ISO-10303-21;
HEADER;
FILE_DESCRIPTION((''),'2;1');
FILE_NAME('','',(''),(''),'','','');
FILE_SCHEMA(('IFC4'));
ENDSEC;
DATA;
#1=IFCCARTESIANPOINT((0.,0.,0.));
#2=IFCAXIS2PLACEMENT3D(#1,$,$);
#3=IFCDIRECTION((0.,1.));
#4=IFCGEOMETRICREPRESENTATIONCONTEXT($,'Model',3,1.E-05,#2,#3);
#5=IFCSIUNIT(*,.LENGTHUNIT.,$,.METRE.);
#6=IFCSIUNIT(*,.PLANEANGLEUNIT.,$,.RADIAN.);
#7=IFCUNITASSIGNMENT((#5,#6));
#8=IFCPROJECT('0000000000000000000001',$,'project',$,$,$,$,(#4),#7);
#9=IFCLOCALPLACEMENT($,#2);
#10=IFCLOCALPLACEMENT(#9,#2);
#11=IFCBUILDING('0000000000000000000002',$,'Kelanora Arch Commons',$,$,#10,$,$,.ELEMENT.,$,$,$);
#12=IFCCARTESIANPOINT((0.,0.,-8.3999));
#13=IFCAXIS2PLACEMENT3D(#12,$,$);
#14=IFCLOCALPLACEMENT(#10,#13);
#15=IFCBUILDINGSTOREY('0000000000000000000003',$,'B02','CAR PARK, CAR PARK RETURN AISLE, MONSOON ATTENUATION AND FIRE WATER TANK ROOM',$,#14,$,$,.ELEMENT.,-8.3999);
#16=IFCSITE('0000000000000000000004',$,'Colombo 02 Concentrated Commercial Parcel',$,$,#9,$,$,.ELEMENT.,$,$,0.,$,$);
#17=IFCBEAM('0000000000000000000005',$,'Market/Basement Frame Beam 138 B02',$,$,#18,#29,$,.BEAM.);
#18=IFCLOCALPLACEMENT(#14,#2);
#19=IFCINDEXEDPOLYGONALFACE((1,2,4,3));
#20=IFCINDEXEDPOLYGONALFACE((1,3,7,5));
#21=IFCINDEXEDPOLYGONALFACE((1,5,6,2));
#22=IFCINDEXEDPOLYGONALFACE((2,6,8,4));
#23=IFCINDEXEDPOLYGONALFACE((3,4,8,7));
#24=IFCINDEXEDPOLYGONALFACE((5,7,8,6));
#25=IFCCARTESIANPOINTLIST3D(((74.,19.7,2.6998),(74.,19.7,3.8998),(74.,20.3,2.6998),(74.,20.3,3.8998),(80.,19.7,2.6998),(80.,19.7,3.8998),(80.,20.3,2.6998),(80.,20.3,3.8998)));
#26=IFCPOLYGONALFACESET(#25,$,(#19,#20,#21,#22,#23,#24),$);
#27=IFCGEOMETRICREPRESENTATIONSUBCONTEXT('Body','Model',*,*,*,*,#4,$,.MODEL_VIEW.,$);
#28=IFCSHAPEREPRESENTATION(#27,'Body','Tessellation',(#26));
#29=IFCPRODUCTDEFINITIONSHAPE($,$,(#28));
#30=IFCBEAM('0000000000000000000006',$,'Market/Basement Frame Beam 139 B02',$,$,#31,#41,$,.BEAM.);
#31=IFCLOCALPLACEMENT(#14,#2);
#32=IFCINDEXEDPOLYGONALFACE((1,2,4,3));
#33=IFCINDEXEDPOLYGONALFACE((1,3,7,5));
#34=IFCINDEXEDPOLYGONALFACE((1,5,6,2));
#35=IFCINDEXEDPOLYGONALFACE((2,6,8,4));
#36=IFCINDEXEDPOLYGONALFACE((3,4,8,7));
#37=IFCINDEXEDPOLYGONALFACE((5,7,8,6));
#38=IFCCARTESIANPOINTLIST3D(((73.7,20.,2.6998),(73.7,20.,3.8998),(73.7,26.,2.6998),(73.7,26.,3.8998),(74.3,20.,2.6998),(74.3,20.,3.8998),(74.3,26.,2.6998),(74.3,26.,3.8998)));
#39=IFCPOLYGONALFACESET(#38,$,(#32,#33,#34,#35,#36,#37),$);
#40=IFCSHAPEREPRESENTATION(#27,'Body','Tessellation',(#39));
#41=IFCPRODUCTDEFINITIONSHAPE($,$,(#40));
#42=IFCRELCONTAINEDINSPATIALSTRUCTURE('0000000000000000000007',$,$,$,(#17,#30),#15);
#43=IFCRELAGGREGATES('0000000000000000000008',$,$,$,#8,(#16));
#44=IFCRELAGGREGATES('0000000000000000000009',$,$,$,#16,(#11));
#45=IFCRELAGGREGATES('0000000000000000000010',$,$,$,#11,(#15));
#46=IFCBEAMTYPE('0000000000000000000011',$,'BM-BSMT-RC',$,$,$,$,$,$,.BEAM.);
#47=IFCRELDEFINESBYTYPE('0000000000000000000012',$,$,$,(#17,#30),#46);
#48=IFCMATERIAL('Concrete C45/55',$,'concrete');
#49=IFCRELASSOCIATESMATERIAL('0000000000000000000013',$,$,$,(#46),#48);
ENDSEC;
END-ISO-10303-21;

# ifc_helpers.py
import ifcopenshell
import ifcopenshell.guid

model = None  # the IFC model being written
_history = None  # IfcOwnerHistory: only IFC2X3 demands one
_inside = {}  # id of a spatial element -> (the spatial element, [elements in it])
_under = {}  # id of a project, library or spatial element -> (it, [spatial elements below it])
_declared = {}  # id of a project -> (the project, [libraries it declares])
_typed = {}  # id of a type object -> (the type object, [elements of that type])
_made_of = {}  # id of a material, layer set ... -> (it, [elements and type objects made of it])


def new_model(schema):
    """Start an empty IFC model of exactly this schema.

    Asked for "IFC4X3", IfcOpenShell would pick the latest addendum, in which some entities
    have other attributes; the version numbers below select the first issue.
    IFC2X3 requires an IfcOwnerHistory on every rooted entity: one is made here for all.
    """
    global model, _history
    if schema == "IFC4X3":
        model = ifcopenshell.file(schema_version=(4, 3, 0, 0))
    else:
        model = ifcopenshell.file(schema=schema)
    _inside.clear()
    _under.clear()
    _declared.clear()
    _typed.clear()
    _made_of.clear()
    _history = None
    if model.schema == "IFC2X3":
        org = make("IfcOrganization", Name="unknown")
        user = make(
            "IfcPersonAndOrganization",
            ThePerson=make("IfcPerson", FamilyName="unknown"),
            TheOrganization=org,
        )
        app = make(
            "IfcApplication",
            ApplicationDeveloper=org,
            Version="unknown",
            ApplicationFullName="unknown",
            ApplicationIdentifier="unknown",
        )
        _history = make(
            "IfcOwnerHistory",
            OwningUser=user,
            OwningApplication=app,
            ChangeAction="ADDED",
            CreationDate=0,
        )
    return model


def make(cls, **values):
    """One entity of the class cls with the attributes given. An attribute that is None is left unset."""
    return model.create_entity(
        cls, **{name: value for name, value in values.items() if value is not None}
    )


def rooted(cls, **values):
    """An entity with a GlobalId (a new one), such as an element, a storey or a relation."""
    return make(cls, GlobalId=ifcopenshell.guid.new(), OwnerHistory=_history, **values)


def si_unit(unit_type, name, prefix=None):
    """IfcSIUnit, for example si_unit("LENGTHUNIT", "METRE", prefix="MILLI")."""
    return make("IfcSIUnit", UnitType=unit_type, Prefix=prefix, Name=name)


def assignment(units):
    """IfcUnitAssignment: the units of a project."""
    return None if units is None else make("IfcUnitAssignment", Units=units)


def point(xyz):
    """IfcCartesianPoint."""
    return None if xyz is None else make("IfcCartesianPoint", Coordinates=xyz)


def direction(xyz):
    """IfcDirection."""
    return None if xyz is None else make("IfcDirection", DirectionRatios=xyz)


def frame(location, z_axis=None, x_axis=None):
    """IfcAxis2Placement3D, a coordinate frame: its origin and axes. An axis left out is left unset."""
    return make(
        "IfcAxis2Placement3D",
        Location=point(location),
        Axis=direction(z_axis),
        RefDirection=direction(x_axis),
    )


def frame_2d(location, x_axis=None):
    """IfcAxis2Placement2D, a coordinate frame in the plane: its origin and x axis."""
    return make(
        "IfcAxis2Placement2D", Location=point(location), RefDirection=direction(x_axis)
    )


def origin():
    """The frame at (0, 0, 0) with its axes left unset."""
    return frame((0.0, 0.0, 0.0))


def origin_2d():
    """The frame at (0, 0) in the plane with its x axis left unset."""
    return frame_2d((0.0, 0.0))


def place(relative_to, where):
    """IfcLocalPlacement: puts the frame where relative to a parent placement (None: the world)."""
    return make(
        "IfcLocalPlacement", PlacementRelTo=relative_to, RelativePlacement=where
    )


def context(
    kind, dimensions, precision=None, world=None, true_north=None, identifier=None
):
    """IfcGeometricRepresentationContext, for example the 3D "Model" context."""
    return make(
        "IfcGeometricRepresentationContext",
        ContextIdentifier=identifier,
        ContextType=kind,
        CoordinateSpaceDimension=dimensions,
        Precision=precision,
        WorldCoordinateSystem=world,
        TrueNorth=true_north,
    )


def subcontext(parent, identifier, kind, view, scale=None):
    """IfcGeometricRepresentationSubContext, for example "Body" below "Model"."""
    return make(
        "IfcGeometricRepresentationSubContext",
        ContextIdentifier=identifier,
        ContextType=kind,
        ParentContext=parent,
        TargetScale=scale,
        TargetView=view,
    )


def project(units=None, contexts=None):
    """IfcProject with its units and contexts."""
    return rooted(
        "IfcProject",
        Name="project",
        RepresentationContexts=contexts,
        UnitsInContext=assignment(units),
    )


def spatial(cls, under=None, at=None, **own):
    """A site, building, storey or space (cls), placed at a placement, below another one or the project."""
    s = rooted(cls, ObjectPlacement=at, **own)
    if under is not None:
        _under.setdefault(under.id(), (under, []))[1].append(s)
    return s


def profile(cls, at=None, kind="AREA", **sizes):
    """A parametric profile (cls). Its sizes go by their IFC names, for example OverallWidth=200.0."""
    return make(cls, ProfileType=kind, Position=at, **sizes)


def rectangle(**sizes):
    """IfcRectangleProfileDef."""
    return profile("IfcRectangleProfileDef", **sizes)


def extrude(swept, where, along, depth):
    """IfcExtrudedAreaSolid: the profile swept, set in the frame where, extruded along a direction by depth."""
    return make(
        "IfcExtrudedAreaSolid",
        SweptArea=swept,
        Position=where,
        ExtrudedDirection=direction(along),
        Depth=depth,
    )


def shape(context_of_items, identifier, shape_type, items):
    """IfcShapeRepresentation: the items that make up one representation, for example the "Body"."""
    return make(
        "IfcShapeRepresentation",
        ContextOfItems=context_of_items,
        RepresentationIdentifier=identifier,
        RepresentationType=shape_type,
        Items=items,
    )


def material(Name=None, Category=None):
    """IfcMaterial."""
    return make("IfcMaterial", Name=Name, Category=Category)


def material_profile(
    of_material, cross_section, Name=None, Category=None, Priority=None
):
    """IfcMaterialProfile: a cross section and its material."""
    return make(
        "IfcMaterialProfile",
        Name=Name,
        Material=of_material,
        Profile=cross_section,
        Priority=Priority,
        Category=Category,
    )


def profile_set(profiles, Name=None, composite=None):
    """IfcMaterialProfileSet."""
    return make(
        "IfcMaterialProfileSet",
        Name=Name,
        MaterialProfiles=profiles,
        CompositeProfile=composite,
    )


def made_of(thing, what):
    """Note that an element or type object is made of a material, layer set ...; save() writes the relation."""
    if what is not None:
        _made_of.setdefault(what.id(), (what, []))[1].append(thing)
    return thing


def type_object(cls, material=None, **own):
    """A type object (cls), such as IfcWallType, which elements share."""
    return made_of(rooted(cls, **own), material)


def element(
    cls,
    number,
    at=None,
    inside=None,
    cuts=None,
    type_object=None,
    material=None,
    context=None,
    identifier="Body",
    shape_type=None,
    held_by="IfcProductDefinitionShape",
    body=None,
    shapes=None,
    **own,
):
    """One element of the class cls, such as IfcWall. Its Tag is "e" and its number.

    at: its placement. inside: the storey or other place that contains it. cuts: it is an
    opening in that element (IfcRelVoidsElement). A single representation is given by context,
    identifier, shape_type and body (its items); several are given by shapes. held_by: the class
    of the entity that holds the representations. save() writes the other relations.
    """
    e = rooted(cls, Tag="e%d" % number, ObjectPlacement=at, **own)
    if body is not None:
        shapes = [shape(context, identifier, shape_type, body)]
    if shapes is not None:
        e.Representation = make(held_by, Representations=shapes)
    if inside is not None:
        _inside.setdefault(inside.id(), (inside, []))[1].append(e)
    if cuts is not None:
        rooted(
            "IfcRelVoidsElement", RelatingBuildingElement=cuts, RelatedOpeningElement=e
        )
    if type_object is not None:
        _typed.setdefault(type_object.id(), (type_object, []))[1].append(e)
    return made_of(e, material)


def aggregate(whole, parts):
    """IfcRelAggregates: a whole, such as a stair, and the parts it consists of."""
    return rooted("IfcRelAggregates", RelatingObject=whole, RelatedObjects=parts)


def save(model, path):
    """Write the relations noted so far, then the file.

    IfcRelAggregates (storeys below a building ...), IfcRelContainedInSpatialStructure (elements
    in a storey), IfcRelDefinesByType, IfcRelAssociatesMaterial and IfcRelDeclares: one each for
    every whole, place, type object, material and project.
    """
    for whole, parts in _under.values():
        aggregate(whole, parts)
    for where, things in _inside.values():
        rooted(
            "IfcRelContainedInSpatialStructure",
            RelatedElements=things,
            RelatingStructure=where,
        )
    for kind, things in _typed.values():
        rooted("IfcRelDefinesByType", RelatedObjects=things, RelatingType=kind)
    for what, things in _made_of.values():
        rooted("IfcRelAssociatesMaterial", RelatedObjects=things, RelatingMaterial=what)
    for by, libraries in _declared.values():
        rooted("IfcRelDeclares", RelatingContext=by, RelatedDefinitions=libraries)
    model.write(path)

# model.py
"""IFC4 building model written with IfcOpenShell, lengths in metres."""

from ifc_helpers import new_model, si_unit, direction, frame, origin, origin_2d, place, context, subcontext, project, spatial, rectangle, extrude, material, material_profile, profile_set, type_object, element, save


model = new_model("IFC4")

# Units and contexts
model_context = context("Model", 3, precision=1e-05, world=origin(), true_north=direction((0.0, 1.0)))
body_context = subcontext(model_context, "Body", "Model", "MODEL_VIEW")
ifc_project = project(units=[si_unit("LENGTHUNIT", "METRE"), si_unit("PLANEANGLEUNIT", "RADIAN")], contexts=[model_context])

# Site, building, storey
site_placement = place(None, origin())
site = spatial("IfcSite", under=ifc_project, at=site_placement, Name="Colombo 02 Concentrated Commercial Parcel", CompositionType="ELEMENT", RefElevation=0.0)
building_placement = place(site_placement, origin())
building = spatial("IfcBuilding", under=site, at=building_placement, Name="Kelanora Arch Commons", CompositionType="ELEMENT")
storey_placement = place(building_placement, frame((0.0, 0.0, -8.3999)))
storey = spatial("IfcBuildingStorey", under=building, at=storey_placement, Name="B02", Description="CAR PARK, CAR PARK RETURN AISLE, MONSOON ATTENUATION AND FIRE WATER TANK ROOM", CompositionType="ELEMENT", Elevation=-8.3999)

# Shared definitions
ifc_material_1 = material(Name="Concrete C45/55", Category="concrete")

# Beams
ifc_material_profile_1 = material_profile(ifc_material_1, rectangle(XDim=0.6001, YDim=1.2, at=origin_2d()), Name="RCB600x1200")
ifc_profile_set_1 = profile_set([ifc_material_profile_1], Name="Concrete C45/55")
beam_type = type_object("IfcBeamType", Name="BM-BSMT-RC", PredefinedType="BEAM", material=ifc_profile_set_1)
for number, where, z_axis, x_axis, name in (
    (1, (74.0, 20.0, 3.2998), (1.0, 0.0, 0.0), (0.0, 1.0, 0.0), "Market/Basement Frame Beam 138 B02"),
    (2, (74.0, 20.0, 3.2998), (0.0, 1.0, 0.0), (-1.0, 0.0, 0.0), "Market/Basement Frame Beam 139 B02"),
):
    element("IfcBeam", number, at=place(storey_placement, frame(where, z_axis=z_axis, x_axis=x_axis)), inside=storey, type_object=beam_type, Name=name, PredefinedType="BEAM", context=body_context, shape_type="SweptSolid", body=[
        extrude(rectangle(XDim=0.6001, YDim=1.2, at=origin_2d()), origin(), (0.0, 0.0, 1.0), 6.0),
    ])

save(model, "model.ifc")
